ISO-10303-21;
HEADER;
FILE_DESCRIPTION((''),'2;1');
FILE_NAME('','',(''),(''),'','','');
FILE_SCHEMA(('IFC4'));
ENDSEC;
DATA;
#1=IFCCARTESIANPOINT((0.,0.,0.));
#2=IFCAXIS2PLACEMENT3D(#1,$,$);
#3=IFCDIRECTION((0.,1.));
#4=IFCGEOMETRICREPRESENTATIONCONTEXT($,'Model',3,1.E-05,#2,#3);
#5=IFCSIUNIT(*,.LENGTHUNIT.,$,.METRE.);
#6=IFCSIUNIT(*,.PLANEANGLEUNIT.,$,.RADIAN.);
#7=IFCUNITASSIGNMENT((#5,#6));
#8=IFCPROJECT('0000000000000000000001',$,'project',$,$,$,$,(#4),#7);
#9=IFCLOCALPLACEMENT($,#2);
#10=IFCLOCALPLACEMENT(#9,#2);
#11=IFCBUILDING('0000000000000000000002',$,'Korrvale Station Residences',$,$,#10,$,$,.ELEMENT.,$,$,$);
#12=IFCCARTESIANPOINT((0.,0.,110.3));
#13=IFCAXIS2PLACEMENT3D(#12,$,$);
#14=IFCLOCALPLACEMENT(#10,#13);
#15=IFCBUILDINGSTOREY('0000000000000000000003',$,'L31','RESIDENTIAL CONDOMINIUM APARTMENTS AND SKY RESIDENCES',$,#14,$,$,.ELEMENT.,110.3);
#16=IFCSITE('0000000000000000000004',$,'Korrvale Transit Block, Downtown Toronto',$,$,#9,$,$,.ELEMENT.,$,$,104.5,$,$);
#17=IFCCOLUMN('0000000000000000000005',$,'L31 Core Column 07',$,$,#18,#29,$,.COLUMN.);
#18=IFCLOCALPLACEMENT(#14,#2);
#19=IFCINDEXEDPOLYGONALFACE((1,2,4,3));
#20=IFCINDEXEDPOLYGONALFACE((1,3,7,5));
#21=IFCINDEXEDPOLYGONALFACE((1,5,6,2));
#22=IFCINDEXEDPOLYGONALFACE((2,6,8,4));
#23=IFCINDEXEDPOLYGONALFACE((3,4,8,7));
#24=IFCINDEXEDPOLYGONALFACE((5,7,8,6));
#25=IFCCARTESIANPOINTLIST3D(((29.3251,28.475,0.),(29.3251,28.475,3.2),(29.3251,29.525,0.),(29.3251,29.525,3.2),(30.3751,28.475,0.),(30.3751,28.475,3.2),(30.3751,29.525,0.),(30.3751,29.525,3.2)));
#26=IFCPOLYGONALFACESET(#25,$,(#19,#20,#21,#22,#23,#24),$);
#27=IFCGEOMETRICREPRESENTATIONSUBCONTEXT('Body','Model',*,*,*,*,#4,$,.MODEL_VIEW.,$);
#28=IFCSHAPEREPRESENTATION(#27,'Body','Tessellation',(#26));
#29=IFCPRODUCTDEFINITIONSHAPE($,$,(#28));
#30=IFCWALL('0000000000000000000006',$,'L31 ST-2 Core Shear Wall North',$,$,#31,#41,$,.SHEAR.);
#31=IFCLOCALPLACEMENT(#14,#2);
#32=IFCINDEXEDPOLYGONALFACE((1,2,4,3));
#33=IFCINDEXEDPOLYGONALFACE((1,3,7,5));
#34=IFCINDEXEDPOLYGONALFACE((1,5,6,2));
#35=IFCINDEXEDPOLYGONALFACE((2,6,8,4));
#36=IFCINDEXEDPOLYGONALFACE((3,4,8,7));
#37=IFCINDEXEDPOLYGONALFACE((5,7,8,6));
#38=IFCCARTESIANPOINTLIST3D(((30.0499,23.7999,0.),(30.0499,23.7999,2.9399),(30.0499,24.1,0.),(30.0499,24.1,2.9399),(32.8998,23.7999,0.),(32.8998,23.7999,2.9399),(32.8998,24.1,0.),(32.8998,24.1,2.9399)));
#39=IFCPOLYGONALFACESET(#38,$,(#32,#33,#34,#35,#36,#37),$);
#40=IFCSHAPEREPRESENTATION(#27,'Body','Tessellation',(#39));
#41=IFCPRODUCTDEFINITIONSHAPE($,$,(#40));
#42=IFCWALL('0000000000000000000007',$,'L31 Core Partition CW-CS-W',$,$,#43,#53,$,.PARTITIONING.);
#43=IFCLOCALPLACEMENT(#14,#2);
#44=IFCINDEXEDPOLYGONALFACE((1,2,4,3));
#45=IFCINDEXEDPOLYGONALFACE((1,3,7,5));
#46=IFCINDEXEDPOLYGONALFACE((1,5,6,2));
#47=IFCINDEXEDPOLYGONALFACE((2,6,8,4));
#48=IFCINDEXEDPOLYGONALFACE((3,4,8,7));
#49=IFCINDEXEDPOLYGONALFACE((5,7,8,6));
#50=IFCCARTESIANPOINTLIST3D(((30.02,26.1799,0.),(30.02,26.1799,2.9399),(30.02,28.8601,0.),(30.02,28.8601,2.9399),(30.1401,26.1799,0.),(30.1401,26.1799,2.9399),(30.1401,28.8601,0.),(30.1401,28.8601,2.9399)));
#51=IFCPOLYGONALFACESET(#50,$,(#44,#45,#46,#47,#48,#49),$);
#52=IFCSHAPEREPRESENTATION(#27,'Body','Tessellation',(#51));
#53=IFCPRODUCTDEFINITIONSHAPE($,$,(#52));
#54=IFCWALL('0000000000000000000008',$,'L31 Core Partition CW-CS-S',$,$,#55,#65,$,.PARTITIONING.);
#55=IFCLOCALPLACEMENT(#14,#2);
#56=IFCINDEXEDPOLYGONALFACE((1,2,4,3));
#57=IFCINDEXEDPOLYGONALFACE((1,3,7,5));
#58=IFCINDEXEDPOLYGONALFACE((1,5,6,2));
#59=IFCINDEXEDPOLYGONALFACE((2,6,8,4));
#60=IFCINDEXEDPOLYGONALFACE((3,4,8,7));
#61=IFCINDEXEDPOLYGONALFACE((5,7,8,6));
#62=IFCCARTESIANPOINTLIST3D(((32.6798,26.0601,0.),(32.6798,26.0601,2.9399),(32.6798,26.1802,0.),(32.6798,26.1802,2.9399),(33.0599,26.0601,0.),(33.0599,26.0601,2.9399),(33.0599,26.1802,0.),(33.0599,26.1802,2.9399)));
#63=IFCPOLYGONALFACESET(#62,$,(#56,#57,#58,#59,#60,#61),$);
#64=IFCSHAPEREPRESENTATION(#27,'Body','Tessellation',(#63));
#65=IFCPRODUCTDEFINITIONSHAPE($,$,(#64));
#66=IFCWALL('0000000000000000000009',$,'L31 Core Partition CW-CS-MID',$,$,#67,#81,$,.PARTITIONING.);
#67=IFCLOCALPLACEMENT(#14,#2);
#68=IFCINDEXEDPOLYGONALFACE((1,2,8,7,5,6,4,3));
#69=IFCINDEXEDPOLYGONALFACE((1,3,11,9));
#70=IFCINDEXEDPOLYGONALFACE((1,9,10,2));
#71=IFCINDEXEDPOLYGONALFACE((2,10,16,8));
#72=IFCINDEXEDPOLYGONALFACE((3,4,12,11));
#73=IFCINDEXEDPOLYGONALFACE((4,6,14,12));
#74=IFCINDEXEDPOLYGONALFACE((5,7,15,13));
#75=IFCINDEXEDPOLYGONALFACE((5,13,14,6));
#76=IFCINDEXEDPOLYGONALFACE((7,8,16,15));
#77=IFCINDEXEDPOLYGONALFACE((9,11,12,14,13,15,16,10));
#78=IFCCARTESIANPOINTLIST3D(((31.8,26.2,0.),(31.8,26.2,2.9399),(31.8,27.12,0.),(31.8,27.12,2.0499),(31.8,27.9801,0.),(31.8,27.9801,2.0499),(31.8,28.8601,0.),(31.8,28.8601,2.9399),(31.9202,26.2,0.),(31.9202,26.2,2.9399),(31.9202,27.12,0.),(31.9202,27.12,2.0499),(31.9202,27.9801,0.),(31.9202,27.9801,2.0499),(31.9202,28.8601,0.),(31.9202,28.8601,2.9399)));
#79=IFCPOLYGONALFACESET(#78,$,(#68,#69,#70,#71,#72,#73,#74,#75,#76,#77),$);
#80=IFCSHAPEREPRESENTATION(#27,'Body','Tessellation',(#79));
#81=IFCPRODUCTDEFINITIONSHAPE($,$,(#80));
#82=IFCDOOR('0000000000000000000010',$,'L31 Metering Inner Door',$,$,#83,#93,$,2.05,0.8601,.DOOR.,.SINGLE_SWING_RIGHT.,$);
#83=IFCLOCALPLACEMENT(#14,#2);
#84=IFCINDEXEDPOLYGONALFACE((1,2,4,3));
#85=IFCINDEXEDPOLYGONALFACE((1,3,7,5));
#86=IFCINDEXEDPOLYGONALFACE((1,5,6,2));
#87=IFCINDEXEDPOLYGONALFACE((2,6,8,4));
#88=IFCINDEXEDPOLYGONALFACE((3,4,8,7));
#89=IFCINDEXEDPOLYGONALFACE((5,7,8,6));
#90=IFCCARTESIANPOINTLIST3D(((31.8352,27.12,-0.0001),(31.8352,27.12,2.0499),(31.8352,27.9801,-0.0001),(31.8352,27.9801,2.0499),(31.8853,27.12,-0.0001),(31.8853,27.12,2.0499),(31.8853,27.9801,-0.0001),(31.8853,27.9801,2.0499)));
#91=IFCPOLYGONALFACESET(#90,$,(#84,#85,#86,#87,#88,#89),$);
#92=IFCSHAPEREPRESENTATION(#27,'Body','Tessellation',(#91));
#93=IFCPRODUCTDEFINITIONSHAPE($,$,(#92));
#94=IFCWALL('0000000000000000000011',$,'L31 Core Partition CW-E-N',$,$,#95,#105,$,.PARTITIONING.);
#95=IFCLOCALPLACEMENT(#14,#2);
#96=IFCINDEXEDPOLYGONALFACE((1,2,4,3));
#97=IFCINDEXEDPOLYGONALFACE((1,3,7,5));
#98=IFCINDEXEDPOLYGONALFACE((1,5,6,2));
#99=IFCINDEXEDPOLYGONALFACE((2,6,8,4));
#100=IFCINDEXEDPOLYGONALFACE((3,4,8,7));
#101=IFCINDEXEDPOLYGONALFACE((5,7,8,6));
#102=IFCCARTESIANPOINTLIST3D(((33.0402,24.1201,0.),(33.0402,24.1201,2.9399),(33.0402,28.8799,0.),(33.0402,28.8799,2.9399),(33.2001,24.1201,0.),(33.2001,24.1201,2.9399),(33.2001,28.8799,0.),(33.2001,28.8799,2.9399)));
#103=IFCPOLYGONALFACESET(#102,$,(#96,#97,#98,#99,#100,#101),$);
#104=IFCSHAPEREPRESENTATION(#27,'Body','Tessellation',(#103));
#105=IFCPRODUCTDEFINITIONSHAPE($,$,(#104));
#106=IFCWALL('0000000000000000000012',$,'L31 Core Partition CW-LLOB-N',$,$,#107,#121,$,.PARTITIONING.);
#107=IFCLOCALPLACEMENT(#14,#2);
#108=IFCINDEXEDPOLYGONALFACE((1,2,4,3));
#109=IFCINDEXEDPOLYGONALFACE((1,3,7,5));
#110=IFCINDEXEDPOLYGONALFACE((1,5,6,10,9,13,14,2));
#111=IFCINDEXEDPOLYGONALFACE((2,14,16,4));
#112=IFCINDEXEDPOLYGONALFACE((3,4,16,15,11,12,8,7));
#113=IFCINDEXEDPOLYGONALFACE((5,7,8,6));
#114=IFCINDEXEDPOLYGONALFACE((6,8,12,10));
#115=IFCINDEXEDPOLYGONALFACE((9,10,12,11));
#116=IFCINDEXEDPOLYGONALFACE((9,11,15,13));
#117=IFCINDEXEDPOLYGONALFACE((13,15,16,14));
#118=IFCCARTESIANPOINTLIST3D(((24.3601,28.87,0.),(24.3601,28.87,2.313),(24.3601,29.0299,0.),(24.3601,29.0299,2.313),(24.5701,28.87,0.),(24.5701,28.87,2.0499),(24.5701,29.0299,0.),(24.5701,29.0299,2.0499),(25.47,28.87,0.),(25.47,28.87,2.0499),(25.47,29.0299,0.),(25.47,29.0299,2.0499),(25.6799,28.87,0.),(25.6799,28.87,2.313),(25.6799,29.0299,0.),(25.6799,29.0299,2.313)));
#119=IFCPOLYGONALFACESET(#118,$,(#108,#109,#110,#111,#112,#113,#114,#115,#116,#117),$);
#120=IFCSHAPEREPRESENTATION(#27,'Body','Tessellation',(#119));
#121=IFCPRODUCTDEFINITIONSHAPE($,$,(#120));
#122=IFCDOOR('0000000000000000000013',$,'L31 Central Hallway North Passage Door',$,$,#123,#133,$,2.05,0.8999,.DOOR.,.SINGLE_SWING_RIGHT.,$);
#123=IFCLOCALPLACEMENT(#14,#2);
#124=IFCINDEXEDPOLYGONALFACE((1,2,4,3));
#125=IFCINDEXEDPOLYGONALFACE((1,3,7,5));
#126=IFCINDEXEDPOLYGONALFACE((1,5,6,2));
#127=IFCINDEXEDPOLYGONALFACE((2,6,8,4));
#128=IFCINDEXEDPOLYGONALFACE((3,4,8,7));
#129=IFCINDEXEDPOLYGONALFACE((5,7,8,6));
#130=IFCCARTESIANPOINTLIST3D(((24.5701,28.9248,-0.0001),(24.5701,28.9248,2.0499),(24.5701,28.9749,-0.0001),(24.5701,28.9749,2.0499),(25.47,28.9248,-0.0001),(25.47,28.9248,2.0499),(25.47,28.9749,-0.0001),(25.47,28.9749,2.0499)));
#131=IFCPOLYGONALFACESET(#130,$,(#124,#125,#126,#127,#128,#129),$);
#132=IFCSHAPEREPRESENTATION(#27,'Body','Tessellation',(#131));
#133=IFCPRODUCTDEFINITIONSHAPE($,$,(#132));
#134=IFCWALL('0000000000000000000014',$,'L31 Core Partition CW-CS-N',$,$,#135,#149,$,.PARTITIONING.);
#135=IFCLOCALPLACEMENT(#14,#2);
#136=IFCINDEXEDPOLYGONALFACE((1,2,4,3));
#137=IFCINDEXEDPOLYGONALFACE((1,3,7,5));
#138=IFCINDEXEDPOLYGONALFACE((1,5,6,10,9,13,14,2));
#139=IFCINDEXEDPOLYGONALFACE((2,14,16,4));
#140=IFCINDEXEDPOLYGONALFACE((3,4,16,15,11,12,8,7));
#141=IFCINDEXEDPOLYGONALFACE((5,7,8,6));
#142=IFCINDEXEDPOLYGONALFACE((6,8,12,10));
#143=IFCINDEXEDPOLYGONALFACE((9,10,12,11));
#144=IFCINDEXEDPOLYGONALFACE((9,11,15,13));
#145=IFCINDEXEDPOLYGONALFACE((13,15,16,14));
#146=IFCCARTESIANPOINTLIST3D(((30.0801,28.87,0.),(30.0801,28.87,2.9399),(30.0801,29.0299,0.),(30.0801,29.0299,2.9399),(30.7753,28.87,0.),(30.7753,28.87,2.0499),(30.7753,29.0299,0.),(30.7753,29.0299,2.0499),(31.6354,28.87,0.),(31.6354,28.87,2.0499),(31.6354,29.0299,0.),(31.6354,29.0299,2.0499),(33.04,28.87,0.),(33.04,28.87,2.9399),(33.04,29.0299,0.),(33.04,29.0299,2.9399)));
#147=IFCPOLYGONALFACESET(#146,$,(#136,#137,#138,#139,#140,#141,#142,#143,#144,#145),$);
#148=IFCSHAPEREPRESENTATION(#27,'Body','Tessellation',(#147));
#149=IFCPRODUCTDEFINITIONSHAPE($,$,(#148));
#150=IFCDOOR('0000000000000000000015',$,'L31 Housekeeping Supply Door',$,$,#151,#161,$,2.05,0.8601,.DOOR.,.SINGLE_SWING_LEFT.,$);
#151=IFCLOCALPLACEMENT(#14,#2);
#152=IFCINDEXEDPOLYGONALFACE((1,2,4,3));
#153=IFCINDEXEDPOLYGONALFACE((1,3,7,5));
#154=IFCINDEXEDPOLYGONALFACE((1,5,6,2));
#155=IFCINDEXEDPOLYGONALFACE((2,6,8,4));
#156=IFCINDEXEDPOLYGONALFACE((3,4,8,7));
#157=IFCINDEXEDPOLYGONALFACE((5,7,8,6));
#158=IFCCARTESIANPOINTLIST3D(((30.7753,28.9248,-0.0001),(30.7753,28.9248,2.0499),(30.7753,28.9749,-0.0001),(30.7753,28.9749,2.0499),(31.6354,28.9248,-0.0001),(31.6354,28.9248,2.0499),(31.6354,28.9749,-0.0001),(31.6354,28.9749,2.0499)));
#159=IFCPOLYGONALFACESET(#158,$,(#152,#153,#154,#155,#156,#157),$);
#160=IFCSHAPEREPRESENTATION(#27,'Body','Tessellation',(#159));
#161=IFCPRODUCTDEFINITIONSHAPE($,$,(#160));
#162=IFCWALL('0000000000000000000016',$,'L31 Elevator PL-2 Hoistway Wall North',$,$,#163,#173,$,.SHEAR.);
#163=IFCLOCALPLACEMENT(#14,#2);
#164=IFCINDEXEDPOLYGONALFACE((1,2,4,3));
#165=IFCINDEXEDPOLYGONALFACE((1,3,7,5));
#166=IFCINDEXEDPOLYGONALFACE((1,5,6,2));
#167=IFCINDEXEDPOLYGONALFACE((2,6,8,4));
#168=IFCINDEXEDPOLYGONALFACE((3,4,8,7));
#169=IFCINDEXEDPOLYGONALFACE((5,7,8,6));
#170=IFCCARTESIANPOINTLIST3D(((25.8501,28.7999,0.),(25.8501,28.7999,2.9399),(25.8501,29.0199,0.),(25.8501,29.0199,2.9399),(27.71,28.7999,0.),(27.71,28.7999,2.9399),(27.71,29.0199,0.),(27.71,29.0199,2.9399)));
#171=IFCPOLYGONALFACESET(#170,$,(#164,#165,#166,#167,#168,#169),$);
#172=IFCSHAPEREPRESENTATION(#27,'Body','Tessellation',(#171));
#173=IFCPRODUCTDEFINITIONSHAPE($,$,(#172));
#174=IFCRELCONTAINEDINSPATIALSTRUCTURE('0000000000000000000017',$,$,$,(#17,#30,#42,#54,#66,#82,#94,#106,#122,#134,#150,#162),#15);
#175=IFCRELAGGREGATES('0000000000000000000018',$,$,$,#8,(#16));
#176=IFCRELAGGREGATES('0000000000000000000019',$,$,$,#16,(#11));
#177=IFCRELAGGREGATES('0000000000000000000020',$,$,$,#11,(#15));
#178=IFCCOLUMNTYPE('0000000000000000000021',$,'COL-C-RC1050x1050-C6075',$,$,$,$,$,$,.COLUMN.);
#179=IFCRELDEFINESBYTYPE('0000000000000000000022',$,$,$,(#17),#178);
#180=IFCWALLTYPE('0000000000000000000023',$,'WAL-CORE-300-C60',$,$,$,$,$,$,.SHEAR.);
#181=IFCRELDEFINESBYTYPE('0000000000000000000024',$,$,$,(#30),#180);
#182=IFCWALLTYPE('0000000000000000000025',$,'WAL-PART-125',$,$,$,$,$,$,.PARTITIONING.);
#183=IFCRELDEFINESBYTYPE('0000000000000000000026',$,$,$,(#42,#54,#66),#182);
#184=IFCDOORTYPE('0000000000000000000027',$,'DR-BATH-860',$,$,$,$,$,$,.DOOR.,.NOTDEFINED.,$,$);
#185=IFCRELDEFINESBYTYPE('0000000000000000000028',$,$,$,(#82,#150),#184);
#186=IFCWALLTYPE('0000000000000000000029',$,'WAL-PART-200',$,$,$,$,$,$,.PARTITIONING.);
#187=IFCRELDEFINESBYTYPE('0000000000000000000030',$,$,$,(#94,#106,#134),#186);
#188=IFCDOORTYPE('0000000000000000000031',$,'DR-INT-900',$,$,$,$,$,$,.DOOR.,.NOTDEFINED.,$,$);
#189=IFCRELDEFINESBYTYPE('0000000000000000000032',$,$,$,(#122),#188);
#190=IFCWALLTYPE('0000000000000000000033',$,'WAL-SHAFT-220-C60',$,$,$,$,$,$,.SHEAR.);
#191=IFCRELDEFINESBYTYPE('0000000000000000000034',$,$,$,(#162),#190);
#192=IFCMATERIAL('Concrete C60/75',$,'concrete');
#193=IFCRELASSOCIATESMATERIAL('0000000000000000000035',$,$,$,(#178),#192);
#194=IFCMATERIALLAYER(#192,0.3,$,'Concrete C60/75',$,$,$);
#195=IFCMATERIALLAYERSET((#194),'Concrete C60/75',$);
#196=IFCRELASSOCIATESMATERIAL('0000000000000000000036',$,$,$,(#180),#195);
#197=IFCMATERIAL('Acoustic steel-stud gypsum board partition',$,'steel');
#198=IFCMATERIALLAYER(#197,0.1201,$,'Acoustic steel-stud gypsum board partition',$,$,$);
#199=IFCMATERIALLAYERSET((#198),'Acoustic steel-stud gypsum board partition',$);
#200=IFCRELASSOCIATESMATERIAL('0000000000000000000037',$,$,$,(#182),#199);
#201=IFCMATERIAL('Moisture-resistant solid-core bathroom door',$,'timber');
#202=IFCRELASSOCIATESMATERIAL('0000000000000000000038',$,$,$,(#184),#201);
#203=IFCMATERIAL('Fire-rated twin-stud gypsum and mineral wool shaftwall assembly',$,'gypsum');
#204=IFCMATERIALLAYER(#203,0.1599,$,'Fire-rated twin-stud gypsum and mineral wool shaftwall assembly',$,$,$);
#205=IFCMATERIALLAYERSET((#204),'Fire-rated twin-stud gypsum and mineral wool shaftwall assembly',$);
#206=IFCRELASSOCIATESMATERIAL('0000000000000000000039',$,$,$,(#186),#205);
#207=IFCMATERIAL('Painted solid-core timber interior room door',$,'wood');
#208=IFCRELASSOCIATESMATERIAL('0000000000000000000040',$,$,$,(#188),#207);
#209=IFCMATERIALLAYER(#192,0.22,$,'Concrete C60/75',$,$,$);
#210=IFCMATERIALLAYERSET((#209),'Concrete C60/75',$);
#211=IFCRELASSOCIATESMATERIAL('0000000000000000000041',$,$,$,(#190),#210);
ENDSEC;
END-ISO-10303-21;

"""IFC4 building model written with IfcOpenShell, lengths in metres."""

from ifc_helpers import new_model, si_unit, direction, frame, frame_2d, origin, origin_2d, place, context, subcontext, project, spatial, rectangle, extrude, material, layer, layer_set, material_profile, profile_set, type_object, element, fill, save


model = new_model("IFC4")

# Units and contexts
model_context = context("Model", 3, precision=1e-05, world=origin(), true_north=direction((0.0, 1.0)))
body_context = subcontext(model_context, "Body", "Model", "MODEL_VIEW")
ifc_project = project(units=[si_unit("LENGTHUNIT", "METRE"), si_unit("PLANEANGLEUNIT", "RADIAN")], contexts=[model_context])

# Site, building, storey
site_placement = place(None, origin())
site = spatial("IfcSite", under=ifc_project, at=site_placement, Name="Korrvale Transit Block, Downtown Toronto", CompositionType="ELEMENT", RefElevation=104.5)
building_placement = place(site_placement, origin())
building = spatial("IfcBuilding", under=site, at=building_placement, Name="Korrvale Station Residences", CompositionType="ELEMENT")
storey_placement = place(building_placement, frame((0.0, 0.0, 110.3)))
storey = spatial("IfcBuildingStorey", under=building, at=storey_placement, Name="L31", Description="RESIDENTIAL CONDOMINIUM APARTMENTS AND SKY RESIDENCES", CompositionType="ELEMENT", Elevation=110.3)

# Column
ifc_material_1 = material(Name="Concrete C60/75", Category="concrete")
ifc_material_profile = material_profile(ifc_material_1, rectangle(XDim=1.05, YDim=1.05, at=origin_2d()), Name="RC1050x1050")
ifc_profile_set = profile_set([ifc_material_profile], Name="Concrete C60/75")
column_type = type_object("IfcColumnType", Name="COL-C-RC1050x1050-C6075", PredefinedType="COLUMN", material=ifc_profile_set)
column_placement = place(storey_placement, frame((29.8501, 29.0, 0.0), z_axis=(0.0, 0.0, 1.0), x_axis=(1.0, 0.0, 0.0)))
element("IfcColumn", 1, at=column_placement, inside=storey, type_object=column_type, Name="L31 Core Column 07", PredefinedType="COLUMN", context=body_context, shape_type="SweptSolid", body=[
    extrude(rectangle(XDim=1.05, YDim=1.05, at=origin_2d()), origin(), (0.0, 0.0, 1.0), 3.2),
])

# Walls
ifc_layer_1 = layer(ifc_material_1, 0.3, Name="Concrete C60/75")
ifc_layer_set_1 = layer_set([ifc_layer_1], Name="Concrete C60/75")
wall_type_1 = type_object("IfcWallType", Name="WAL-CORE-300-C60", PredefinedType="SHEAR", material=ifc_layer_set_1)
wall_1_placement = place(storey_placement, frame((30.05, 23.95, 0.0), z_axis=(0.0, 0.0, 1.0), x_axis=(1.0, 0.0, 0.0)))
element("IfcWall", 2, at=wall_1_placement, inside=storey, type_object=wall_type_1, Name="L31 ST-2 Core Shear Wall North", PredefinedType="SHEAR", context=body_context, shape_type="SweptSolid", body=[
    extrude(rectangle(XDim=2.8499, YDim=0.3, at=frame_2d((1.4248, 0.0))), origin(), (0.0, 0.0, 1.0), 2.9399),
])
ifc_material_2 = material(Name="Acoustic steel-stud gypsum board partition", Category="steel")
ifc_layer_2 = layer(ifc_material_2, 0.1201, Name="Acoustic steel-stud gypsum board partition")
ifc_layer_set_2 = layer_set([ifc_layer_2], Name="Acoustic steel-stud gypsum board partition")
wall_type_2 = type_object("IfcWallType", Name="WAL-PART-125", PredefinedType="PARTITIONING", material=ifc_layer_set_2)
wall_2_placement = place(storey_placement, frame((30.0801, 26.1799, 0.0), z_axis=(0.0, 0.0, 1.0), x_axis=(0.0, 1.0, 0.0)))
element("IfcWall", 3, at=wall_2_placement, inside=storey, type_object=wall_type_2, Name="L31 Core Partition CW-CS-W", PredefinedType="PARTITIONING", context=body_context, shape_type="SweptSolid", body=[
    extrude(rectangle(XDim=2.6802, YDim=0.1201, at=frame_2d((1.3401, 0.0))), origin(), (0.0, 0.0, 1.0), 2.9399),
])
wall_3_placement = place(storey_placement, frame((32.6799, 26.1201, 0.0), z_axis=(0.0, 0.0, 1.0), x_axis=(1.0, 0.0, 0.0)))
element("IfcWall", 4, at=wall_3_placement, inside=storey, type_object=wall_type_2, Name="L31 Core Partition CW-CS-S", PredefinedType="PARTITIONING", context=body_context, shape_type="SweptSolid", body=[
    extrude(rectangle(XDim=0.3801, YDim=0.1201, at=frame_2d((0.1899, 0.0))), origin(), (0.0, 0.0, 1.0), 2.9399),
])

# Wall, opening, door
wall_4_placement = place(storey_placement, frame((31.8601, 26.2, 0.0), z_axis=(0.0, 0.0, 1.0), x_axis=(0.0, 1.0, 0.0)))
wall_4 = element("IfcWall", 5, at=wall_4_placement, inside=storey, type_object=wall_type_2, Name="L31 Core Partition CW-CS-MID", PredefinedType="PARTITIONING", context=body_context, shape_type="SweptSolid", body=[
    extrude(rectangle(XDim=2.6602, YDim=0.1201, at=frame_2d((1.3301, 0.0))), origin(), (0.0, 0.0, 1.0), 2.9399),
])
opening_1_placement = place(wall_4_placement, frame((0.9199, 0.0, 0.0)))
opening_1 = element("IfcOpeningElement", 6, at=opening_1_placement, cuts=wall_4, PredefinedType="OPENING", context=body_context, shape_type="SweptSolid", body=[
    extrude(rectangle(XDim=0.8601, YDim=2.05, at=frame_2d((0.4302, 1.0249))), frame((0.0, 0.0701, 0.0), z_axis=(0.0, -1.0, 0.0), x_axis=(1.0, 0.0, 0.0)), (0.0, 0.0, 1.0), 0.1401),
])
ifc_material_3 = material(Name="Moisture-resistant solid-core bathroom door", Category="timber")
door_type_1 = type_object("IfcDoorType", Name="DR-BATH-860", OperationType="NOTDEFINED", PredefinedType="DOOR", material=ifc_material_3)
door_1_placement = place(opening_1_placement, origin())
door_1 = element("IfcDoor", 7, at=door_1_placement, inside=storey, type_object=door_type_1, Name="L31 Metering Inner Door", OperationType="SINGLE_SWING_RIGHT", OverallHeight=2.05, OverallWidth=0.8601, PredefinedType="DOOR", context=body_context, shape_type="SweptSolid", body=[
    extrude(rectangle(XDim=0.8601, YDim=2.05, at=frame_2d((0.4302, 1.0249))), frame((0.0, 0.0249, 0.0), z_axis=(0.0, -1.0, 0.0), x_axis=(1.0, 0.0, 0.0)), (0.0, 0.0, 1.0), 0.05),
])
fill(opening_1, door_1)

# Wall
ifc_material_4 = material(Name="Fire-rated twin-stud gypsum and mineral wool shaftwall assembly", Category="gypsum")
ifc_layer_3 = layer(ifc_material_4, 0.1599, Name="Fire-rated twin-stud gypsum and mineral wool shaftwall assembly")
ifc_layer_set_3 = layer_set([ifc_layer_3], Name="Fire-rated twin-stud gypsum and mineral wool shaftwall assembly")
wall_type_3 = type_object("IfcWallType", Name="WAL-PART-200", PredefinedType="PARTITIONING", material=ifc_layer_set_3)
wall_5_placement = place(storey_placement, frame((33.1201, 24.1201, 0.0), z_axis=(0.0, 0.0, 1.0), x_axis=(0.0, 1.0, 0.0)))
element("IfcWall", 8, at=wall_5_placement, inside=storey, type_object=wall_type_3, Name="L31 Core Partition CW-E-N", PredefinedType="PARTITIONING", context=body_context, shape_type="SweptSolid", body=[
    extrude(rectangle(XDim=4.7598, YDim=0.1599, at=frame_2d((2.3799, 0.0))), origin(), (0.0, 0.0, 1.0), 2.9399),
])

# Walls, openings, doors
wall_6_placement = place(storey_placement, frame((24.3601, 28.95, 0.0), z_axis=(0.0, 0.0, 1.0), x_axis=(1.0, 0.0, 0.0)))
wall_6 = element("IfcWall", 9, at=wall_6_placement, inside=storey, type_object=wall_type_3, Name="L31 Core Partition CW-LLOB-N", PredefinedType="PARTITIONING", context=body_context, shape_type="SweptSolid", body=[
    extrude(rectangle(XDim=1.3198, YDim=0.1599, at=frame_2d((0.6599, 0.0))), origin(), (0.0, 0.0, 1.0), 2.313),
])
opening_2_placement = place(wall_6_placement, frame((0.21, 0.0, 0.0)))
opening_2 = element("IfcOpeningElement", 10, at=opening_2_placement, cuts=wall_6, PredefinedType="OPENING", context=body_context, shape_type="SweptSolid", body=[
    extrude(rectangle(XDim=0.8999, YDim=2.05, at=frame_2d((0.45, 1.0249))), frame((0.0, 0.0898, 0.0), z_axis=(0.0, -1.0, 0.0), x_axis=(1.0, 0.0, 0.0)), (0.0, 0.0, 1.0), 0.1799),
])
ifc_material_5 = material(Name="Painted solid-core timber interior room door", Category="wood")
door_type_2 = type_object("IfcDoorType", Name="DR-INT-900", OperationType="NOTDEFINED", PredefinedType="DOOR", material=ifc_material_5)
door_2_placement = place(opening_2_placement, origin())
door_2 = element("IfcDoor", 11, at=door_2_placement, inside=storey, type_object=door_type_2, Name="L31 Central Hallway North Passage Door", OperationType="SINGLE_SWING_RIGHT", OverallHeight=2.05, OverallWidth=0.8999, PredefinedType="DOOR", context=body_context, shape_type="SweptSolid", body=[
    extrude(rectangle(XDim=0.8999, YDim=2.05, at=frame_2d((0.45, 1.0249))), frame((0.0, 0.0249, 0.0), z_axis=(0.0, -1.0, 0.0), x_axis=(1.0, 0.0, 0.0)), (0.0, 0.0, 1.0), 0.05),
])
fill(opening_2, door_2)
wall_7_placement = place(storey_placement, frame((30.0801, 28.95, 0.0), z_axis=(0.0, 0.0, 1.0), x_axis=(1.0, 0.0, 0.0)))
wall_7 = element("IfcWall", 12, at=wall_7_placement, inside=storey, type_object=wall_type_3, Name="L31 Core Partition CW-CS-N", PredefinedType="PARTITIONING", context=body_context, shape_type="SweptSolid", body=[
    extrude(rectangle(XDim=2.96, YDim=0.1599, at=frame_2d((1.48, 0.0))), origin(), (0.0, 0.0, 1.0), 2.9399),
])
opening_3_placement = place(wall_7_placement, frame((0.6951, 0.0, 0.0)))
opening_3 = element("IfcOpeningElement", 13, at=opening_3_placement, cuts=wall_7, PredefinedType="OPENING", context=body_context, shape_type="SweptSolid", body=[
    extrude(rectangle(XDim=0.8601, YDim=2.05, at=frame_2d((0.4302, 1.0249))), frame((0.0, 0.0898, 0.0), z_axis=(0.0, -1.0, 0.0), x_axis=(1.0, 0.0, 0.0)), (0.0, 0.0, 1.0), 0.1799),
])
door_3_placement = place(opening_3_placement, origin())
door_3 = element("IfcDoor", 14, at=door_3_placement, inside=storey, type_object=door_type_1, Name="L31 Housekeeping Supply Door", OperationType="SINGLE_SWING_LEFT", OverallHeight=2.05, OverallWidth=0.8601, PredefinedType="DOOR", context=body_context, shape_type="SweptSolid", body=[
    extrude(rectangle(XDim=0.8601, YDim=2.05, at=frame_2d((0.4302, 1.0249))), frame((0.0, 0.0249, 0.0), z_axis=(0.0, -1.0, 0.0), x_axis=(1.0, 0.0, 0.0)), (0.0, 0.0, 1.0), 0.05),
])
fill(opening_3, door_3)
ifc_layer_4 = layer(ifc_material_1, 0.22, Name="Concrete C60/75")
ifc_layer_set_4 = layer_set([ifc_layer_4], Name="Concrete C60/75")
wall_type_4 = type_object("IfcWallType", Name="WAL-SHAFT-220-C60", PredefinedType="SHEAR", material=ifc_layer_set_4)

# Wall
wall_8_placement = place(storey_placement, frame((25.8501, 28.9099, 0.0), z_axis=(0.0, 0.0, 1.0), x_axis=(1.0, 0.0, 0.0)))
element("IfcWall", 15, at=wall_8_placement, inside=storey, type_object=wall_type_4, Name="L31 Elevator PL-2 Hoistway Wall North", PredefinedType="SHEAR", context=body_context, shape_type="SweptSolid", body=[
    extrude(rectangle(XDim=1.8599, YDim=0.22, at=frame_2d((0.9299, 0.0))), origin(), (0.0, 0.0, 1.0), 2.9399),
])

save(model, "model.ifc")
